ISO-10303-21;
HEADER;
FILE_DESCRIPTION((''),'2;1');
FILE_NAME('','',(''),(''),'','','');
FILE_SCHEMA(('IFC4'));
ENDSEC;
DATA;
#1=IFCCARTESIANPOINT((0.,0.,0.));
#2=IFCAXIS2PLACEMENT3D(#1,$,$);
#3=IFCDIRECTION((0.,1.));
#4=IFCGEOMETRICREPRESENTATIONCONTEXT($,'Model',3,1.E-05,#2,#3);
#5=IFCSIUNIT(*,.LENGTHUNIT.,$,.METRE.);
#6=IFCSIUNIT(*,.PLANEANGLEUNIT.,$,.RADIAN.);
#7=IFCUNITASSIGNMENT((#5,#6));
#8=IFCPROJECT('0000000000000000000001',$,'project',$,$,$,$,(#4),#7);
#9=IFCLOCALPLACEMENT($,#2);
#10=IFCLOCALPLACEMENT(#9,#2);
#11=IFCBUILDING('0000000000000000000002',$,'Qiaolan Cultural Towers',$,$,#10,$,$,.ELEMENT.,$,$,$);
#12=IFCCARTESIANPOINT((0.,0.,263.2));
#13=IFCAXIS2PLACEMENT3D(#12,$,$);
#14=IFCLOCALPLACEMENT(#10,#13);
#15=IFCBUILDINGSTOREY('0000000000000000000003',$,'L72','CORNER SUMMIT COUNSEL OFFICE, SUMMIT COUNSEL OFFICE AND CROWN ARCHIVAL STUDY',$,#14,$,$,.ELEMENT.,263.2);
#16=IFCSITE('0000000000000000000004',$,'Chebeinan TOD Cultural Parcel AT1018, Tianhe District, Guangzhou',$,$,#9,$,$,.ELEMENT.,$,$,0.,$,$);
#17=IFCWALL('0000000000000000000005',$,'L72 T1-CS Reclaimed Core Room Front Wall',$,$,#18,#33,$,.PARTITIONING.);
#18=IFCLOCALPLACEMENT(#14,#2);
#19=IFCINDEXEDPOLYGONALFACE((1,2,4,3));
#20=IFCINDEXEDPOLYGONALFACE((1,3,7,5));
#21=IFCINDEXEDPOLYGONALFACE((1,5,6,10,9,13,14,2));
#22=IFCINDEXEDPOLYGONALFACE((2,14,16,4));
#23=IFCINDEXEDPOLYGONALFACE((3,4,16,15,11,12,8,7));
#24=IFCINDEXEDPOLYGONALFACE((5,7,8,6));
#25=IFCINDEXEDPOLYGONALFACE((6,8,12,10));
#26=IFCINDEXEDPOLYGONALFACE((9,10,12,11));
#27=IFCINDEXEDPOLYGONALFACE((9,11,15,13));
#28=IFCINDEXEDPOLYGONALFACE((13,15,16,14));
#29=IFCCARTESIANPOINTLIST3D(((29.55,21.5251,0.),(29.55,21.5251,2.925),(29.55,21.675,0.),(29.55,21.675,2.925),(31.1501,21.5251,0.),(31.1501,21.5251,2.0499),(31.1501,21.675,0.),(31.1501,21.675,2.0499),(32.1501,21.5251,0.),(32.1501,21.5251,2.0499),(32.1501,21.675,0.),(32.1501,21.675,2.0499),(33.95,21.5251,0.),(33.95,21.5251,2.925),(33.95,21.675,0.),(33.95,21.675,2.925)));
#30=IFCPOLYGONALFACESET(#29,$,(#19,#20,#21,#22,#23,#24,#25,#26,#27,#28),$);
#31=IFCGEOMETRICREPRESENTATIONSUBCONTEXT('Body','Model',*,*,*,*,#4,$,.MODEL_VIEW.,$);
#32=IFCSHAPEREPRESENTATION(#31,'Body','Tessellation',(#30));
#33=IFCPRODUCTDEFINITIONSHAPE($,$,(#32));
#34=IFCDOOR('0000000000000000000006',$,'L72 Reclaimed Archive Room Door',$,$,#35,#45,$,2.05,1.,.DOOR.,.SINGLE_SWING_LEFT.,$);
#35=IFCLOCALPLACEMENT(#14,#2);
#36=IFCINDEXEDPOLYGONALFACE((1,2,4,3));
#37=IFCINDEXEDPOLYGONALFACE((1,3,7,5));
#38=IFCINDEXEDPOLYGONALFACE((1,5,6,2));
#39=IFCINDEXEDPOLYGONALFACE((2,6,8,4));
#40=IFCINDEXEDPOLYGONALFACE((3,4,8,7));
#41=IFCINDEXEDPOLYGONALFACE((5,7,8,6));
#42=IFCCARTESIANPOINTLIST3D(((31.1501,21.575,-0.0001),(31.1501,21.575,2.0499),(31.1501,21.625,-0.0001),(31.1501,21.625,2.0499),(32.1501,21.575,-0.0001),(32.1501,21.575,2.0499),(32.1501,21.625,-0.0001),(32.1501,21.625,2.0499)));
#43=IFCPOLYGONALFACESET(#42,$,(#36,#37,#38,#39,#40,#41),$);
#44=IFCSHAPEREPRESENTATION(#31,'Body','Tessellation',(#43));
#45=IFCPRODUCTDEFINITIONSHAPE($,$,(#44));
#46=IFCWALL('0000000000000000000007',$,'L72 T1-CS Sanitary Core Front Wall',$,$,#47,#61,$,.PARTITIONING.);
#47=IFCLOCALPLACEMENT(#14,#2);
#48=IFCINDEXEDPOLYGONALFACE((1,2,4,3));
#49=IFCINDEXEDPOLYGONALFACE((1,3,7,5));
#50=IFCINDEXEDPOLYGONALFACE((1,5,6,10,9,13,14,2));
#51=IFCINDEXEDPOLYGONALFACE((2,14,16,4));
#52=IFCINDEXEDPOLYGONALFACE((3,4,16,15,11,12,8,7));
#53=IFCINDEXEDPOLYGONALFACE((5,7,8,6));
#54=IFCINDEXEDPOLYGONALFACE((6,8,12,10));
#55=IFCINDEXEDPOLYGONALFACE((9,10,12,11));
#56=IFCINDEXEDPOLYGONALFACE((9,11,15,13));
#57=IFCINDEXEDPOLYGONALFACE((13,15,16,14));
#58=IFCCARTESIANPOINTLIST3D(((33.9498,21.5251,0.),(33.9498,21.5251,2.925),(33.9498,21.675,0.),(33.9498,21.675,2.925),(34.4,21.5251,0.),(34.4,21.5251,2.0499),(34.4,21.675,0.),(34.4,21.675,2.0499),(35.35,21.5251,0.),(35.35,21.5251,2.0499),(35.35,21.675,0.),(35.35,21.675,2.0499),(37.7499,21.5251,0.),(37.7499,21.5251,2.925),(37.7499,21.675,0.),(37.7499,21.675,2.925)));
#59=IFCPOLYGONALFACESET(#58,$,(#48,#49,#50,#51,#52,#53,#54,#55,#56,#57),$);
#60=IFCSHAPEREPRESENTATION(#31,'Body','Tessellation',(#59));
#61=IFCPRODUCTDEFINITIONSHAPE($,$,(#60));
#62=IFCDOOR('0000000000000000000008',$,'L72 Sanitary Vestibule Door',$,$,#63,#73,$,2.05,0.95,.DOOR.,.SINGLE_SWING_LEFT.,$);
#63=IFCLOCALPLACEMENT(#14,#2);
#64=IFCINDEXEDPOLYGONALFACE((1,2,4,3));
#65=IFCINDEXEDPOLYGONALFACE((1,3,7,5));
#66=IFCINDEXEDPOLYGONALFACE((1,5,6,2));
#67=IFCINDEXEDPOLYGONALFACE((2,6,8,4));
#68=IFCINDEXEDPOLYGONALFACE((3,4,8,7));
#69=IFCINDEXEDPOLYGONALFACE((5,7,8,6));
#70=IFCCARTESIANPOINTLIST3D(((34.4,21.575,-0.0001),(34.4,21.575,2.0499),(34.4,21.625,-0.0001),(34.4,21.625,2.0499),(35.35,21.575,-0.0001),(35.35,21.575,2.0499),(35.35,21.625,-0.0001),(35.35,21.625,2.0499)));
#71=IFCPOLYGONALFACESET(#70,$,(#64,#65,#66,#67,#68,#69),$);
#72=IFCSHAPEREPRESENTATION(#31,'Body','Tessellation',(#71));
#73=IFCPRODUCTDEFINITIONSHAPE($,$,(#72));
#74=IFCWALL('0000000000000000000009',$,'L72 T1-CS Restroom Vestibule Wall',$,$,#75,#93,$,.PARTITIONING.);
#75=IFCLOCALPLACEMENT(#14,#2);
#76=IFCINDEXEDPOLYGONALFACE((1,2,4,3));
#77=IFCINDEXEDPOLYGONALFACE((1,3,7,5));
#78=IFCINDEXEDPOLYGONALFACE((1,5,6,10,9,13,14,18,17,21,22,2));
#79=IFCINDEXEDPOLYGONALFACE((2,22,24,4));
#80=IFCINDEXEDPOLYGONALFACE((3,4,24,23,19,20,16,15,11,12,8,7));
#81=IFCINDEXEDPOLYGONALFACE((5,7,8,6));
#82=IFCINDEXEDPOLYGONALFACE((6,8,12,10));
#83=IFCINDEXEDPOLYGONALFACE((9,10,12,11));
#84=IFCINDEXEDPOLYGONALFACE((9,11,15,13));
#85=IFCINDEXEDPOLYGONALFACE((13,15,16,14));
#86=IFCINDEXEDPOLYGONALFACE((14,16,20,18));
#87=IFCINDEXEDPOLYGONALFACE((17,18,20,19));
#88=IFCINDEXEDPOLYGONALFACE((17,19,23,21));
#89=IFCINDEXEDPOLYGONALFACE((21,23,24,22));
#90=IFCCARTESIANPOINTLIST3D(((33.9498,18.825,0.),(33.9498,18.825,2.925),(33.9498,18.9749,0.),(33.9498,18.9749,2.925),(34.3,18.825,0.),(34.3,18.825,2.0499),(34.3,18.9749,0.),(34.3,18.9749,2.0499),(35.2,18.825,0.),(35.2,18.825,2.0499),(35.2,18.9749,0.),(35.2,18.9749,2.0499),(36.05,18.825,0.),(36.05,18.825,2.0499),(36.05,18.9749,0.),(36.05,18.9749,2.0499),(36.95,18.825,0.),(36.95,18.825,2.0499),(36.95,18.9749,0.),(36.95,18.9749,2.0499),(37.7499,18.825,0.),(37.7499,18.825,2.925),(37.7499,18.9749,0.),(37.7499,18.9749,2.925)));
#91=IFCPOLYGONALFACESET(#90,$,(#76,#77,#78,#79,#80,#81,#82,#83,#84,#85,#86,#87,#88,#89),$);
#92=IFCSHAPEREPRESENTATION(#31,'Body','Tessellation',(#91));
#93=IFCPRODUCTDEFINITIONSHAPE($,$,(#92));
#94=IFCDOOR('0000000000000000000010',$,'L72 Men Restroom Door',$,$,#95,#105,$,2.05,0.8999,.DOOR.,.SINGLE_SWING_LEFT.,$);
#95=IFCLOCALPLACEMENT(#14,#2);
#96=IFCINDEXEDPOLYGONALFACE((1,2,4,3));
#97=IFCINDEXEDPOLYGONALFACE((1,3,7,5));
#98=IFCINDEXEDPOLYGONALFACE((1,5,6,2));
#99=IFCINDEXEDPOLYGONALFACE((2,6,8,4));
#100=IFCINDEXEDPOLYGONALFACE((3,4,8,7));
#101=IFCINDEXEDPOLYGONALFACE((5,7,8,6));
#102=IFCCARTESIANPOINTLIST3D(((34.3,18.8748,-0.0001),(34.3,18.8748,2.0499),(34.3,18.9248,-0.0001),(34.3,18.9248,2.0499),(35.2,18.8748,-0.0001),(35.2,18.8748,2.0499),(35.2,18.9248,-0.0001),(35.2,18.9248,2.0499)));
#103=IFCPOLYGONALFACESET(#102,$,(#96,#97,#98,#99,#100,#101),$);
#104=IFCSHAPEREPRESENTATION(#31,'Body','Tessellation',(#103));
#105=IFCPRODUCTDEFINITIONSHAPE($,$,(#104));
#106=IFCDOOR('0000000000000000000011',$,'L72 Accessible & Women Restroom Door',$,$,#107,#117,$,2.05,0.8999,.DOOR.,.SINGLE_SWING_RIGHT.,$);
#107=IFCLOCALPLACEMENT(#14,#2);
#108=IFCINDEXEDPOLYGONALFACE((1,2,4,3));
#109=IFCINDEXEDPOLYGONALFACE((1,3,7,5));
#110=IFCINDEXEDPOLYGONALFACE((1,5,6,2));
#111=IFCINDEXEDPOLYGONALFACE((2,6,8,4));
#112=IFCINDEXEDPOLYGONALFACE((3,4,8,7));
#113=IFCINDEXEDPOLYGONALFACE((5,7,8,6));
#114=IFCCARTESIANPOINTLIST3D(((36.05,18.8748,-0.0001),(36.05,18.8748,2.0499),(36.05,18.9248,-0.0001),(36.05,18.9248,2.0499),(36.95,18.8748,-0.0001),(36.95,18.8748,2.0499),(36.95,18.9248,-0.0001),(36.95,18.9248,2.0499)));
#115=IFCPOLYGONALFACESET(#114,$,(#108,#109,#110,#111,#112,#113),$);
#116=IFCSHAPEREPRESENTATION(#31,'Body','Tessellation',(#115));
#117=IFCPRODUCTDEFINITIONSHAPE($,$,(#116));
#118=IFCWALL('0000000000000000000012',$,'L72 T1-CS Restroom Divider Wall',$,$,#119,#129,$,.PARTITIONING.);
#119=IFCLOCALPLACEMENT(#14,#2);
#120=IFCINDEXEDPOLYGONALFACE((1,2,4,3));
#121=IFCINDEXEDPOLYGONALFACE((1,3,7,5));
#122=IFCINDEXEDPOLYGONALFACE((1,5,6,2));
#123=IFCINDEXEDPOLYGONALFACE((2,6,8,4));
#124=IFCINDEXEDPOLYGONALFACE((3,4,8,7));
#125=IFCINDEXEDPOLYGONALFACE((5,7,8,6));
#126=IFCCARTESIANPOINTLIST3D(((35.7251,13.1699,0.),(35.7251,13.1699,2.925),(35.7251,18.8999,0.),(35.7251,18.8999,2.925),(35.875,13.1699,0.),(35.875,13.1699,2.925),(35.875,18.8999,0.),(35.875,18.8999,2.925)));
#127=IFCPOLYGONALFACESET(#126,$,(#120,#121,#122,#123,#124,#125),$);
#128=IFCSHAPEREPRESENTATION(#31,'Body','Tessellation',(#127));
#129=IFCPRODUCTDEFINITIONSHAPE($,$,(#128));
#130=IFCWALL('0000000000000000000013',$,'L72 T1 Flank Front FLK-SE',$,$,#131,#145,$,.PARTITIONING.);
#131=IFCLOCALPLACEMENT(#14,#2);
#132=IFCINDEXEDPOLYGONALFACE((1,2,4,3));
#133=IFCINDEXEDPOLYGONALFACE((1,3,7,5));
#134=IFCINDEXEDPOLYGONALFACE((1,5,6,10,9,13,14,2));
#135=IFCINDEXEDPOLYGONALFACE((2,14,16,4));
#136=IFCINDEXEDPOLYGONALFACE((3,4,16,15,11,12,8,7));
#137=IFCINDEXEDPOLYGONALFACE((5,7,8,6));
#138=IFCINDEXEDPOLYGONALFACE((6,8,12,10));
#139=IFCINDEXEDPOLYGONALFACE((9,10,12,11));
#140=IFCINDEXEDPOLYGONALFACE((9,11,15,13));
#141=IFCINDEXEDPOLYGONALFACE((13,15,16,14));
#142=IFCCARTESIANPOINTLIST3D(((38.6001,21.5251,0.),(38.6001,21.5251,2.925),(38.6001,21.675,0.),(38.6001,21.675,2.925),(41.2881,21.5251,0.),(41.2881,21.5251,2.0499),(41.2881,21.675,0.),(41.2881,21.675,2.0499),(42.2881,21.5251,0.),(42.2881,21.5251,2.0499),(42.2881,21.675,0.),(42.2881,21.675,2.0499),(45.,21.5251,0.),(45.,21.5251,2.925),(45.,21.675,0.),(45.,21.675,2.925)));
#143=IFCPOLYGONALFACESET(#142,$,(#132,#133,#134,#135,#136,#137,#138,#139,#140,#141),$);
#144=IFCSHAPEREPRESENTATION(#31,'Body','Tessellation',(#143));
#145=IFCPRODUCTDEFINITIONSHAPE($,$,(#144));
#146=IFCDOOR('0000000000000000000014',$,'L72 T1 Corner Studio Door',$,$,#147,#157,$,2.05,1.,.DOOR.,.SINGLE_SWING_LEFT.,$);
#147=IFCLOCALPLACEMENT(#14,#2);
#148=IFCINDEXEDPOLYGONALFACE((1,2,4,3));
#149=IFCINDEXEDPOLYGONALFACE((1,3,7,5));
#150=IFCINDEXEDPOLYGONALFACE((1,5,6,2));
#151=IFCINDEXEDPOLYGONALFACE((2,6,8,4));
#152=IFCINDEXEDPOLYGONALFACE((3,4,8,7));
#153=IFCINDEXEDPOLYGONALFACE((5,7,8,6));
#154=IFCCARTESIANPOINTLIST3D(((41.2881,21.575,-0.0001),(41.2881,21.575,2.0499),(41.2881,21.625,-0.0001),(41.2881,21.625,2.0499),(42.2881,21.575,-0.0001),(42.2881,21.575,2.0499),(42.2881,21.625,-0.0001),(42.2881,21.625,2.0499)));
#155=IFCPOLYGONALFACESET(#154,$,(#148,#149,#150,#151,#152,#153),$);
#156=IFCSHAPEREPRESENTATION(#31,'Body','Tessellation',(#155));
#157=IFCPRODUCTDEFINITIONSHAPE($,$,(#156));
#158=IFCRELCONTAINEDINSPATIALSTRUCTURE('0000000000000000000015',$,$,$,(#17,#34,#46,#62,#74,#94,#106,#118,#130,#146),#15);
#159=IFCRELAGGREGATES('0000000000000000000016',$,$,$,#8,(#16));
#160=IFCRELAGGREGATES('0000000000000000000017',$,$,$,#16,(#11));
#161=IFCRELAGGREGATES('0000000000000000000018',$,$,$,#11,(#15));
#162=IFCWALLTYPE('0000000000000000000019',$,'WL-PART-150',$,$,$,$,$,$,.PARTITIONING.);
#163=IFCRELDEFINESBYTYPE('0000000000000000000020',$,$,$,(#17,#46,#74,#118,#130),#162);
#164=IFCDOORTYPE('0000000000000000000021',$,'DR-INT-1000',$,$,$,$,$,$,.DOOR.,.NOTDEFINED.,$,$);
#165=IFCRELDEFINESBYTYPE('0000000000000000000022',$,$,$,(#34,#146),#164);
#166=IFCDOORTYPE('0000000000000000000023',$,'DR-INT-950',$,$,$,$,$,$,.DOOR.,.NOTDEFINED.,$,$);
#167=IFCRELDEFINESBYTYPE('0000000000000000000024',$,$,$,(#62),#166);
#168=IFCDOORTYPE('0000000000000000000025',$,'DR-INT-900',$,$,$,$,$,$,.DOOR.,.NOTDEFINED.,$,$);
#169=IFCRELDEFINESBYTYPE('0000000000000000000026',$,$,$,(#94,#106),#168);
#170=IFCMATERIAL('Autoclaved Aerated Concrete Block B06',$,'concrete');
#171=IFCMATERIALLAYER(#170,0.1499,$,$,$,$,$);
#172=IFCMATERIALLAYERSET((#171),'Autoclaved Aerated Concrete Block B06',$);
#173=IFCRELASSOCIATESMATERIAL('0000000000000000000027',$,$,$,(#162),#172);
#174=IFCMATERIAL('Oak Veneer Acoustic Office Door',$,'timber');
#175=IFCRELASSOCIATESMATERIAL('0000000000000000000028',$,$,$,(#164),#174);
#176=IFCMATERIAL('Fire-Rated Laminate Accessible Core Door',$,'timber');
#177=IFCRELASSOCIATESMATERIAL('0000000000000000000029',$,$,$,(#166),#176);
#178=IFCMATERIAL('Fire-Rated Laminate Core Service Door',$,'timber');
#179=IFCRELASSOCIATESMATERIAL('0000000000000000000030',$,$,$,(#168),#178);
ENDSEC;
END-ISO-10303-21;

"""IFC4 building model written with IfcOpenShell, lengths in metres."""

from ifc_helpers import new_model, si_unit, direction, frame, frame_2d, origin, place, context, subcontext, project, spatial, rectangle, extrude, material, layer, layer_set, type_object, element, fill, save


model = new_model("IFC4")

# Units and contexts
model_context = context("Model", 3, precision=1e-05, world=origin(), true_north=direction((0.0, 1.0)))
body_context = subcontext(model_context, "Body", "Model", "MODEL_VIEW")
ifc_project = project(units=[si_unit("LENGTHUNIT", "METRE"), si_unit("PLANEANGLEUNIT", "RADIAN")], contexts=[model_context])

# Site, building, storey
site_placement = place(None, origin())
site = spatial("IfcSite", under=ifc_project, at=site_placement, Name="Chebeinan TOD Cultural Parcel AT1018, Tianhe District, Guangzhou", CompositionType="ELEMENT", RefElevation=0.0)
building_placement = place(site_placement, origin())
building = spatial("IfcBuilding", under=site, at=building_placement, Name="Qiaolan Cultural Towers", CompositionType="ELEMENT")
storey_placement = place(building_placement, frame((0.0, 0.0, 263.2)))
storey = spatial("IfcBuildingStorey", under=building, at=storey_placement, Name="L72", Description="CORNER SUMMIT COUNSEL OFFICE, SUMMIT COUNSEL OFFICE AND CROWN ARCHIVAL STUDY", CompositionType="ELEMENT", Elevation=263.2)

# Walls, openings, doors
ifc_material_1 = material(Name="Autoclaved Aerated Concrete Block B06", Category="concrete")
ifc_layer_1 = layer(ifc_material_1, 0.1499)
ifc_layer_set_1 = layer_set([ifc_layer_1], Name="Autoclaved Aerated Concrete Block B06")
wall_type_1 = type_object("IfcWallType", Name="WL-PART-150", PredefinedType="PARTITIONING", material=ifc_layer_set_1)
wall_1_placement = place(storey_placement, frame((29.55, 21.6001, 0.0), z_axis=(0.0, 0.0, 1.0), x_axis=(1.0, 0.0, 0.0)))
wall_1 = element("IfcWall", 1, at=wall_1_placement, inside=storey, type_object=wall_type_1, Name="L72 T1-CS Reclaimed Core Room Front Wall", PredefinedType="PARTITIONING", context=body_context, shape_type="SweptSolid", body=[
    extrude(rectangle(XDim=4.3999, YDim=0.1499, at=frame_2d((2.2, 0.0))), origin(), (0.0, 0.0, 1.0), 2.925),
])
opening_1_placement = place(wall_1_placement, frame((1.6001, 0.0, 0.0)))
opening_1 = element("IfcOpeningElement", 2, at=opening_1_placement, cuts=wall_1, PredefinedType="OPENING", context=body_context, shape_type="SweptSolid", body=[
    extrude(rectangle(XDim=1.0, YDim=2.05, at=frame_2d((0.5, 1.0249))), frame((0.0, 0.085, 0.0), z_axis=(0.0, -1.0, 0.0), x_axis=(1.0, 0.0, 0.0)), (0.0, 0.0, 1.0), 0.1699),
])
ifc_material_2 = material(Name="Oak Veneer Acoustic Office Door", Category="timber")
door_type_1 = type_object("IfcDoorType", Name="DR-INT-1000", OperationType="NOTDEFINED", PredefinedType="DOOR", material=ifc_material_2)
door_1_placement = place(opening_1_placement, origin())
door_1 = element("IfcDoor", 3, at=door_1_placement, inside=storey, type_object=door_type_1, Name="L72 Reclaimed Archive Room Door", OperationType="SINGLE_SWING_LEFT", OverallHeight=2.05, OverallWidth=1.0, PredefinedType="DOOR", context=body_context, shape_type="SweptSolid", body=[
    extrude(rectangle(XDim=1.0, YDim=2.05, at=frame_2d((0.5, 1.0249))), frame((0.0, 0.0249, 0.0), z_axis=(0.0, -1.0, 0.0), x_axis=(1.0, 0.0, 0.0)), (0.0, 0.0, 1.0), 0.05),
])
fill(opening_1, door_1)
wall_2_placement = place(storey_placement, frame((33.95, 21.6001, 0.0), z_axis=(0.0, 0.0, 1.0), x_axis=(1.0, 0.0, 0.0)))
wall_2 = element("IfcWall", 4, at=wall_2_placement, inside=storey, type_object=wall_type_1, Name="L72 T1-CS Sanitary Core Front Wall", PredefinedType="PARTITIONING", context=body_context, shape_type="SweptSolid", body=[
    extrude(rectangle(XDim=3.8, YDim=0.1499, at=frame_2d((1.8999, 0.0))), origin(), (0.0, 0.0, 1.0), 2.925),
])
opening_2_placement = place(wall_2_placement, frame((0.45, 0.0, 0.0)))
opening_2 = element("IfcOpeningElement", 5, at=opening_2_placement, cuts=wall_2, PredefinedType="OPENING", context=body_context, shape_type="SweptSolid", body=[
    extrude(rectangle(XDim=0.95, YDim=2.05, at=frame_2d((0.4751, 1.0249))), frame((0.0, 0.085, 0.0), z_axis=(0.0, -1.0, 0.0), x_axis=(1.0, 0.0, 0.0)), (0.0, 0.0, 1.0), 0.1699),
])
ifc_material_3 = material(Name="Fire-Rated Laminate Accessible Core Door", Category="timber")
door_type_2 = type_object("IfcDoorType", Name="DR-INT-950", OperationType="NOTDEFINED", PredefinedType="DOOR", material=ifc_material_3)
door_2_placement = place(opening_2_placement, origin())
door_2 = element("IfcDoor", 6, at=door_2_placement, inside=storey, type_object=door_type_2, Name="L72 Sanitary Vestibule Door", OperationType="SINGLE_SWING_LEFT", OverallHeight=2.05, OverallWidth=0.95, PredefinedType="DOOR", context=body_context, shape_type="SweptSolid", body=[
    extrude(rectangle(XDim=0.95, YDim=2.05, at=frame_2d((0.4751, 1.0249))), frame((0.0, 0.0249, 0.0), z_axis=(0.0, -1.0, 0.0), x_axis=(1.0, 0.0, 0.0)), (0.0, 0.0, 1.0), 0.05),
])
fill(opening_2, door_2)

# Wall, openings, doors
wall_3_placement = place(storey_placement, frame((33.95, 18.8999, 0.0), z_axis=(0.0, 0.0, 1.0), x_axis=(1.0, 0.0, 0.0)))
wall_3 = element("IfcWall", 7, at=wall_3_placement, inside=storey, type_object=wall_type_1, Name="L72 T1-CS Restroom Vestibule Wall", PredefinedType="PARTITIONING", context=body_context, shape_type="SweptSolid", body=[
    extrude(rectangle(XDim=3.8, YDim=0.1499, at=frame_2d((1.8999, 0.0))), origin(), (0.0, 0.0, 1.0), 2.925),
])
opening_3_placement = place(wall_3_placement, frame((0.3501, 0.0, 0.0)))
opening_3 = element("IfcOpeningElement", 8, at=opening_3_placement, cuts=wall_3, PredefinedType="OPENING", context=body_context, shape_type="SweptSolid", body=[
    extrude(rectangle(XDim=0.8999, YDim=2.05, at=frame_2d((0.45, 1.0249))), frame((0.0, 0.085, 0.0), z_axis=(0.0, -1.0, 0.0), x_axis=(1.0, 0.0, 0.0)), (0.0, 0.0, 1.0), 0.1699),
])
opening_4_placement = place(wall_3_placement, frame((2.1001, 0.0, 0.0)))
opening_4 = element("IfcOpeningElement", 9, at=opening_4_placement, cuts=wall_3, PredefinedType="OPENING", context=body_context, shape_type="SweptSolid", body=[
    extrude(rectangle(XDim=0.8999, YDim=2.05, at=frame_2d((0.45, 1.0249))), frame((0.0, 0.085, 0.0), z_axis=(0.0, -1.0, 0.0), x_axis=(1.0, 0.0, 0.0)), (0.0, 0.0, 1.0), 0.1699),
])
ifc_material_4 = material(Name="Fire-Rated Laminate Core Service Door", Category="timber")
door_type_3 = type_object("IfcDoorType", Name="DR-INT-900", OperationType="NOTDEFINED", PredefinedType="DOOR", material=ifc_material_4)
door_3_placement = place(opening_3_placement, origin())
door_3 = element("IfcDoor", 10, at=door_3_placement, inside=storey, type_object=door_type_3, Name="L72 Men Restroom Door", OperationType="SINGLE_SWING_LEFT", OverallHeight=2.05, OverallWidth=0.8999, PredefinedType="DOOR", context=body_context, shape_type="SweptSolid", body=[
    extrude(rectangle(XDim=0.8999, YDim=2.05, at=frame_2d((0.45, 1.0249))), frame((0.0, 0.0249, 0.0), z_axis=(0.0, -1.0, 0.0), x_axis=(1.0, 0.0, 0.0)), (0.0, 0.0, 1.0), 0.05),
])
fill(opening_3, door_3)
door_4_placement = place(opening_4_placement, origin())
door_4 = element("IfcDoor", 11, at=door_4_placement, inside=storey, type_object=door_type_3, Name="L72 Accessible & Women Restroom Door", OperationType="SINGLE_SWING_RIGHT", OverallHeight=2.05, OverallWidth=0.8999, PredefinedType="DOOR", context=body_context, shape_type="SweptSolid", body=[
    extrude(rectangle(XDim=0.8999, YDim=2.05, at=frame_2d((0.45, 1.0249))), frame((0.0, 0.0249, 0.0), z_axis=(0.0, -1.0, 0.0), x_axis=(1.0, 0.0, 0.0)), (0.0, 0.0, 1.0), 0.05),
])
fill(opening_4, door_4)

# Wall
wall_4_placement = place(storey_placement, frame((35.8, 18.8999, 0.0), z_axis=(0.0, 0.0, 1.0), x_axis=(0.0, -1.0, 0.0)))
element("IfcWall", 12, at=wall_4_placement, inside=storey, type_object=wall_type_1, Name="L72 T1-CS Restroom Divider Wall", PredefinedType="PARTITIONING", context=body_context, shape_type="SweptSolid", body=[
    extrude(rectangle(XDim=5.73, YDim=0.1499, at=frame_2d((2.865, 0.0))), origin(), (0.0, 0.0, 1.0), 2.925),
])

# Wall, opening, door
wall_5_placement = place(storey_placement, frame((38.6001, 21.6001, 0.0), z_axis=(0.0, 0.0, 1.0), x_axis=(1.0, 0.0, 0.0)))
wall_5 = element("IfcWall", 13, at=wall_5_placement, inside=storey, type_object=wall_type_1, Name="L72 T1 Flank Front FLK-SE", PredefinedType="PARTITIONING", context=body_context, shape_type="SweptSolid", body=[
    extrude(rectangle(XDim=6.3999, YDim=0.1499, at=frame_2d((3.2, 0.0))), origin(), (0.0, 0.0, 1.0), 2.925),
])
opening_5_placement = place(wall_5_placement, frame((2.688, 0.0, 0.0)))
opening_5 = element("IfcOpeningElement", 14, at=opening_5_placement, cuts=wall_5, PredefinedType="OPENING", context=body_context, shape_type="SweptSolid", body=[
    extrude(rectangle(XDim=1.0, YDim=2.05, at=frame_2d((0.5, 1.0249))), frame((0.0, 0.085, 0.0), z_axis=(0.0, -1.0, 0.0), x_axis=(1.0, 0.0, 0.0)), (0.0, 0.0, 1.0), 0.1699),
])
door_5_placement = place(opening_5_placement, origin())
door_5 = element("IfcDoor", 15, at=door_5_placement, inside=storey, type_object=door_type_1, Name="L72 T1 Corner Studio Door", OperationType="SINGLE_SWING_LEFT", OverallHeight=2.05, OverallWidth=1.0, PredefinedType="DOOR", context=body_context, shape_type="SweptSolid", body=[
    extrude(rectangle(XDim=1.0, YDim=2.05, at=frame_2d((0.5, 1.0249))), frame((0.0, 0.0249, 0.0), z_axis=(0.0, -1.0, 0.0), x_axis=(1.0, 0.0, 0.0)), (0.0, 0.0, 1.0), 0.05),
])
fill(opening_5, door_5)

save(model, "model.ifc")
